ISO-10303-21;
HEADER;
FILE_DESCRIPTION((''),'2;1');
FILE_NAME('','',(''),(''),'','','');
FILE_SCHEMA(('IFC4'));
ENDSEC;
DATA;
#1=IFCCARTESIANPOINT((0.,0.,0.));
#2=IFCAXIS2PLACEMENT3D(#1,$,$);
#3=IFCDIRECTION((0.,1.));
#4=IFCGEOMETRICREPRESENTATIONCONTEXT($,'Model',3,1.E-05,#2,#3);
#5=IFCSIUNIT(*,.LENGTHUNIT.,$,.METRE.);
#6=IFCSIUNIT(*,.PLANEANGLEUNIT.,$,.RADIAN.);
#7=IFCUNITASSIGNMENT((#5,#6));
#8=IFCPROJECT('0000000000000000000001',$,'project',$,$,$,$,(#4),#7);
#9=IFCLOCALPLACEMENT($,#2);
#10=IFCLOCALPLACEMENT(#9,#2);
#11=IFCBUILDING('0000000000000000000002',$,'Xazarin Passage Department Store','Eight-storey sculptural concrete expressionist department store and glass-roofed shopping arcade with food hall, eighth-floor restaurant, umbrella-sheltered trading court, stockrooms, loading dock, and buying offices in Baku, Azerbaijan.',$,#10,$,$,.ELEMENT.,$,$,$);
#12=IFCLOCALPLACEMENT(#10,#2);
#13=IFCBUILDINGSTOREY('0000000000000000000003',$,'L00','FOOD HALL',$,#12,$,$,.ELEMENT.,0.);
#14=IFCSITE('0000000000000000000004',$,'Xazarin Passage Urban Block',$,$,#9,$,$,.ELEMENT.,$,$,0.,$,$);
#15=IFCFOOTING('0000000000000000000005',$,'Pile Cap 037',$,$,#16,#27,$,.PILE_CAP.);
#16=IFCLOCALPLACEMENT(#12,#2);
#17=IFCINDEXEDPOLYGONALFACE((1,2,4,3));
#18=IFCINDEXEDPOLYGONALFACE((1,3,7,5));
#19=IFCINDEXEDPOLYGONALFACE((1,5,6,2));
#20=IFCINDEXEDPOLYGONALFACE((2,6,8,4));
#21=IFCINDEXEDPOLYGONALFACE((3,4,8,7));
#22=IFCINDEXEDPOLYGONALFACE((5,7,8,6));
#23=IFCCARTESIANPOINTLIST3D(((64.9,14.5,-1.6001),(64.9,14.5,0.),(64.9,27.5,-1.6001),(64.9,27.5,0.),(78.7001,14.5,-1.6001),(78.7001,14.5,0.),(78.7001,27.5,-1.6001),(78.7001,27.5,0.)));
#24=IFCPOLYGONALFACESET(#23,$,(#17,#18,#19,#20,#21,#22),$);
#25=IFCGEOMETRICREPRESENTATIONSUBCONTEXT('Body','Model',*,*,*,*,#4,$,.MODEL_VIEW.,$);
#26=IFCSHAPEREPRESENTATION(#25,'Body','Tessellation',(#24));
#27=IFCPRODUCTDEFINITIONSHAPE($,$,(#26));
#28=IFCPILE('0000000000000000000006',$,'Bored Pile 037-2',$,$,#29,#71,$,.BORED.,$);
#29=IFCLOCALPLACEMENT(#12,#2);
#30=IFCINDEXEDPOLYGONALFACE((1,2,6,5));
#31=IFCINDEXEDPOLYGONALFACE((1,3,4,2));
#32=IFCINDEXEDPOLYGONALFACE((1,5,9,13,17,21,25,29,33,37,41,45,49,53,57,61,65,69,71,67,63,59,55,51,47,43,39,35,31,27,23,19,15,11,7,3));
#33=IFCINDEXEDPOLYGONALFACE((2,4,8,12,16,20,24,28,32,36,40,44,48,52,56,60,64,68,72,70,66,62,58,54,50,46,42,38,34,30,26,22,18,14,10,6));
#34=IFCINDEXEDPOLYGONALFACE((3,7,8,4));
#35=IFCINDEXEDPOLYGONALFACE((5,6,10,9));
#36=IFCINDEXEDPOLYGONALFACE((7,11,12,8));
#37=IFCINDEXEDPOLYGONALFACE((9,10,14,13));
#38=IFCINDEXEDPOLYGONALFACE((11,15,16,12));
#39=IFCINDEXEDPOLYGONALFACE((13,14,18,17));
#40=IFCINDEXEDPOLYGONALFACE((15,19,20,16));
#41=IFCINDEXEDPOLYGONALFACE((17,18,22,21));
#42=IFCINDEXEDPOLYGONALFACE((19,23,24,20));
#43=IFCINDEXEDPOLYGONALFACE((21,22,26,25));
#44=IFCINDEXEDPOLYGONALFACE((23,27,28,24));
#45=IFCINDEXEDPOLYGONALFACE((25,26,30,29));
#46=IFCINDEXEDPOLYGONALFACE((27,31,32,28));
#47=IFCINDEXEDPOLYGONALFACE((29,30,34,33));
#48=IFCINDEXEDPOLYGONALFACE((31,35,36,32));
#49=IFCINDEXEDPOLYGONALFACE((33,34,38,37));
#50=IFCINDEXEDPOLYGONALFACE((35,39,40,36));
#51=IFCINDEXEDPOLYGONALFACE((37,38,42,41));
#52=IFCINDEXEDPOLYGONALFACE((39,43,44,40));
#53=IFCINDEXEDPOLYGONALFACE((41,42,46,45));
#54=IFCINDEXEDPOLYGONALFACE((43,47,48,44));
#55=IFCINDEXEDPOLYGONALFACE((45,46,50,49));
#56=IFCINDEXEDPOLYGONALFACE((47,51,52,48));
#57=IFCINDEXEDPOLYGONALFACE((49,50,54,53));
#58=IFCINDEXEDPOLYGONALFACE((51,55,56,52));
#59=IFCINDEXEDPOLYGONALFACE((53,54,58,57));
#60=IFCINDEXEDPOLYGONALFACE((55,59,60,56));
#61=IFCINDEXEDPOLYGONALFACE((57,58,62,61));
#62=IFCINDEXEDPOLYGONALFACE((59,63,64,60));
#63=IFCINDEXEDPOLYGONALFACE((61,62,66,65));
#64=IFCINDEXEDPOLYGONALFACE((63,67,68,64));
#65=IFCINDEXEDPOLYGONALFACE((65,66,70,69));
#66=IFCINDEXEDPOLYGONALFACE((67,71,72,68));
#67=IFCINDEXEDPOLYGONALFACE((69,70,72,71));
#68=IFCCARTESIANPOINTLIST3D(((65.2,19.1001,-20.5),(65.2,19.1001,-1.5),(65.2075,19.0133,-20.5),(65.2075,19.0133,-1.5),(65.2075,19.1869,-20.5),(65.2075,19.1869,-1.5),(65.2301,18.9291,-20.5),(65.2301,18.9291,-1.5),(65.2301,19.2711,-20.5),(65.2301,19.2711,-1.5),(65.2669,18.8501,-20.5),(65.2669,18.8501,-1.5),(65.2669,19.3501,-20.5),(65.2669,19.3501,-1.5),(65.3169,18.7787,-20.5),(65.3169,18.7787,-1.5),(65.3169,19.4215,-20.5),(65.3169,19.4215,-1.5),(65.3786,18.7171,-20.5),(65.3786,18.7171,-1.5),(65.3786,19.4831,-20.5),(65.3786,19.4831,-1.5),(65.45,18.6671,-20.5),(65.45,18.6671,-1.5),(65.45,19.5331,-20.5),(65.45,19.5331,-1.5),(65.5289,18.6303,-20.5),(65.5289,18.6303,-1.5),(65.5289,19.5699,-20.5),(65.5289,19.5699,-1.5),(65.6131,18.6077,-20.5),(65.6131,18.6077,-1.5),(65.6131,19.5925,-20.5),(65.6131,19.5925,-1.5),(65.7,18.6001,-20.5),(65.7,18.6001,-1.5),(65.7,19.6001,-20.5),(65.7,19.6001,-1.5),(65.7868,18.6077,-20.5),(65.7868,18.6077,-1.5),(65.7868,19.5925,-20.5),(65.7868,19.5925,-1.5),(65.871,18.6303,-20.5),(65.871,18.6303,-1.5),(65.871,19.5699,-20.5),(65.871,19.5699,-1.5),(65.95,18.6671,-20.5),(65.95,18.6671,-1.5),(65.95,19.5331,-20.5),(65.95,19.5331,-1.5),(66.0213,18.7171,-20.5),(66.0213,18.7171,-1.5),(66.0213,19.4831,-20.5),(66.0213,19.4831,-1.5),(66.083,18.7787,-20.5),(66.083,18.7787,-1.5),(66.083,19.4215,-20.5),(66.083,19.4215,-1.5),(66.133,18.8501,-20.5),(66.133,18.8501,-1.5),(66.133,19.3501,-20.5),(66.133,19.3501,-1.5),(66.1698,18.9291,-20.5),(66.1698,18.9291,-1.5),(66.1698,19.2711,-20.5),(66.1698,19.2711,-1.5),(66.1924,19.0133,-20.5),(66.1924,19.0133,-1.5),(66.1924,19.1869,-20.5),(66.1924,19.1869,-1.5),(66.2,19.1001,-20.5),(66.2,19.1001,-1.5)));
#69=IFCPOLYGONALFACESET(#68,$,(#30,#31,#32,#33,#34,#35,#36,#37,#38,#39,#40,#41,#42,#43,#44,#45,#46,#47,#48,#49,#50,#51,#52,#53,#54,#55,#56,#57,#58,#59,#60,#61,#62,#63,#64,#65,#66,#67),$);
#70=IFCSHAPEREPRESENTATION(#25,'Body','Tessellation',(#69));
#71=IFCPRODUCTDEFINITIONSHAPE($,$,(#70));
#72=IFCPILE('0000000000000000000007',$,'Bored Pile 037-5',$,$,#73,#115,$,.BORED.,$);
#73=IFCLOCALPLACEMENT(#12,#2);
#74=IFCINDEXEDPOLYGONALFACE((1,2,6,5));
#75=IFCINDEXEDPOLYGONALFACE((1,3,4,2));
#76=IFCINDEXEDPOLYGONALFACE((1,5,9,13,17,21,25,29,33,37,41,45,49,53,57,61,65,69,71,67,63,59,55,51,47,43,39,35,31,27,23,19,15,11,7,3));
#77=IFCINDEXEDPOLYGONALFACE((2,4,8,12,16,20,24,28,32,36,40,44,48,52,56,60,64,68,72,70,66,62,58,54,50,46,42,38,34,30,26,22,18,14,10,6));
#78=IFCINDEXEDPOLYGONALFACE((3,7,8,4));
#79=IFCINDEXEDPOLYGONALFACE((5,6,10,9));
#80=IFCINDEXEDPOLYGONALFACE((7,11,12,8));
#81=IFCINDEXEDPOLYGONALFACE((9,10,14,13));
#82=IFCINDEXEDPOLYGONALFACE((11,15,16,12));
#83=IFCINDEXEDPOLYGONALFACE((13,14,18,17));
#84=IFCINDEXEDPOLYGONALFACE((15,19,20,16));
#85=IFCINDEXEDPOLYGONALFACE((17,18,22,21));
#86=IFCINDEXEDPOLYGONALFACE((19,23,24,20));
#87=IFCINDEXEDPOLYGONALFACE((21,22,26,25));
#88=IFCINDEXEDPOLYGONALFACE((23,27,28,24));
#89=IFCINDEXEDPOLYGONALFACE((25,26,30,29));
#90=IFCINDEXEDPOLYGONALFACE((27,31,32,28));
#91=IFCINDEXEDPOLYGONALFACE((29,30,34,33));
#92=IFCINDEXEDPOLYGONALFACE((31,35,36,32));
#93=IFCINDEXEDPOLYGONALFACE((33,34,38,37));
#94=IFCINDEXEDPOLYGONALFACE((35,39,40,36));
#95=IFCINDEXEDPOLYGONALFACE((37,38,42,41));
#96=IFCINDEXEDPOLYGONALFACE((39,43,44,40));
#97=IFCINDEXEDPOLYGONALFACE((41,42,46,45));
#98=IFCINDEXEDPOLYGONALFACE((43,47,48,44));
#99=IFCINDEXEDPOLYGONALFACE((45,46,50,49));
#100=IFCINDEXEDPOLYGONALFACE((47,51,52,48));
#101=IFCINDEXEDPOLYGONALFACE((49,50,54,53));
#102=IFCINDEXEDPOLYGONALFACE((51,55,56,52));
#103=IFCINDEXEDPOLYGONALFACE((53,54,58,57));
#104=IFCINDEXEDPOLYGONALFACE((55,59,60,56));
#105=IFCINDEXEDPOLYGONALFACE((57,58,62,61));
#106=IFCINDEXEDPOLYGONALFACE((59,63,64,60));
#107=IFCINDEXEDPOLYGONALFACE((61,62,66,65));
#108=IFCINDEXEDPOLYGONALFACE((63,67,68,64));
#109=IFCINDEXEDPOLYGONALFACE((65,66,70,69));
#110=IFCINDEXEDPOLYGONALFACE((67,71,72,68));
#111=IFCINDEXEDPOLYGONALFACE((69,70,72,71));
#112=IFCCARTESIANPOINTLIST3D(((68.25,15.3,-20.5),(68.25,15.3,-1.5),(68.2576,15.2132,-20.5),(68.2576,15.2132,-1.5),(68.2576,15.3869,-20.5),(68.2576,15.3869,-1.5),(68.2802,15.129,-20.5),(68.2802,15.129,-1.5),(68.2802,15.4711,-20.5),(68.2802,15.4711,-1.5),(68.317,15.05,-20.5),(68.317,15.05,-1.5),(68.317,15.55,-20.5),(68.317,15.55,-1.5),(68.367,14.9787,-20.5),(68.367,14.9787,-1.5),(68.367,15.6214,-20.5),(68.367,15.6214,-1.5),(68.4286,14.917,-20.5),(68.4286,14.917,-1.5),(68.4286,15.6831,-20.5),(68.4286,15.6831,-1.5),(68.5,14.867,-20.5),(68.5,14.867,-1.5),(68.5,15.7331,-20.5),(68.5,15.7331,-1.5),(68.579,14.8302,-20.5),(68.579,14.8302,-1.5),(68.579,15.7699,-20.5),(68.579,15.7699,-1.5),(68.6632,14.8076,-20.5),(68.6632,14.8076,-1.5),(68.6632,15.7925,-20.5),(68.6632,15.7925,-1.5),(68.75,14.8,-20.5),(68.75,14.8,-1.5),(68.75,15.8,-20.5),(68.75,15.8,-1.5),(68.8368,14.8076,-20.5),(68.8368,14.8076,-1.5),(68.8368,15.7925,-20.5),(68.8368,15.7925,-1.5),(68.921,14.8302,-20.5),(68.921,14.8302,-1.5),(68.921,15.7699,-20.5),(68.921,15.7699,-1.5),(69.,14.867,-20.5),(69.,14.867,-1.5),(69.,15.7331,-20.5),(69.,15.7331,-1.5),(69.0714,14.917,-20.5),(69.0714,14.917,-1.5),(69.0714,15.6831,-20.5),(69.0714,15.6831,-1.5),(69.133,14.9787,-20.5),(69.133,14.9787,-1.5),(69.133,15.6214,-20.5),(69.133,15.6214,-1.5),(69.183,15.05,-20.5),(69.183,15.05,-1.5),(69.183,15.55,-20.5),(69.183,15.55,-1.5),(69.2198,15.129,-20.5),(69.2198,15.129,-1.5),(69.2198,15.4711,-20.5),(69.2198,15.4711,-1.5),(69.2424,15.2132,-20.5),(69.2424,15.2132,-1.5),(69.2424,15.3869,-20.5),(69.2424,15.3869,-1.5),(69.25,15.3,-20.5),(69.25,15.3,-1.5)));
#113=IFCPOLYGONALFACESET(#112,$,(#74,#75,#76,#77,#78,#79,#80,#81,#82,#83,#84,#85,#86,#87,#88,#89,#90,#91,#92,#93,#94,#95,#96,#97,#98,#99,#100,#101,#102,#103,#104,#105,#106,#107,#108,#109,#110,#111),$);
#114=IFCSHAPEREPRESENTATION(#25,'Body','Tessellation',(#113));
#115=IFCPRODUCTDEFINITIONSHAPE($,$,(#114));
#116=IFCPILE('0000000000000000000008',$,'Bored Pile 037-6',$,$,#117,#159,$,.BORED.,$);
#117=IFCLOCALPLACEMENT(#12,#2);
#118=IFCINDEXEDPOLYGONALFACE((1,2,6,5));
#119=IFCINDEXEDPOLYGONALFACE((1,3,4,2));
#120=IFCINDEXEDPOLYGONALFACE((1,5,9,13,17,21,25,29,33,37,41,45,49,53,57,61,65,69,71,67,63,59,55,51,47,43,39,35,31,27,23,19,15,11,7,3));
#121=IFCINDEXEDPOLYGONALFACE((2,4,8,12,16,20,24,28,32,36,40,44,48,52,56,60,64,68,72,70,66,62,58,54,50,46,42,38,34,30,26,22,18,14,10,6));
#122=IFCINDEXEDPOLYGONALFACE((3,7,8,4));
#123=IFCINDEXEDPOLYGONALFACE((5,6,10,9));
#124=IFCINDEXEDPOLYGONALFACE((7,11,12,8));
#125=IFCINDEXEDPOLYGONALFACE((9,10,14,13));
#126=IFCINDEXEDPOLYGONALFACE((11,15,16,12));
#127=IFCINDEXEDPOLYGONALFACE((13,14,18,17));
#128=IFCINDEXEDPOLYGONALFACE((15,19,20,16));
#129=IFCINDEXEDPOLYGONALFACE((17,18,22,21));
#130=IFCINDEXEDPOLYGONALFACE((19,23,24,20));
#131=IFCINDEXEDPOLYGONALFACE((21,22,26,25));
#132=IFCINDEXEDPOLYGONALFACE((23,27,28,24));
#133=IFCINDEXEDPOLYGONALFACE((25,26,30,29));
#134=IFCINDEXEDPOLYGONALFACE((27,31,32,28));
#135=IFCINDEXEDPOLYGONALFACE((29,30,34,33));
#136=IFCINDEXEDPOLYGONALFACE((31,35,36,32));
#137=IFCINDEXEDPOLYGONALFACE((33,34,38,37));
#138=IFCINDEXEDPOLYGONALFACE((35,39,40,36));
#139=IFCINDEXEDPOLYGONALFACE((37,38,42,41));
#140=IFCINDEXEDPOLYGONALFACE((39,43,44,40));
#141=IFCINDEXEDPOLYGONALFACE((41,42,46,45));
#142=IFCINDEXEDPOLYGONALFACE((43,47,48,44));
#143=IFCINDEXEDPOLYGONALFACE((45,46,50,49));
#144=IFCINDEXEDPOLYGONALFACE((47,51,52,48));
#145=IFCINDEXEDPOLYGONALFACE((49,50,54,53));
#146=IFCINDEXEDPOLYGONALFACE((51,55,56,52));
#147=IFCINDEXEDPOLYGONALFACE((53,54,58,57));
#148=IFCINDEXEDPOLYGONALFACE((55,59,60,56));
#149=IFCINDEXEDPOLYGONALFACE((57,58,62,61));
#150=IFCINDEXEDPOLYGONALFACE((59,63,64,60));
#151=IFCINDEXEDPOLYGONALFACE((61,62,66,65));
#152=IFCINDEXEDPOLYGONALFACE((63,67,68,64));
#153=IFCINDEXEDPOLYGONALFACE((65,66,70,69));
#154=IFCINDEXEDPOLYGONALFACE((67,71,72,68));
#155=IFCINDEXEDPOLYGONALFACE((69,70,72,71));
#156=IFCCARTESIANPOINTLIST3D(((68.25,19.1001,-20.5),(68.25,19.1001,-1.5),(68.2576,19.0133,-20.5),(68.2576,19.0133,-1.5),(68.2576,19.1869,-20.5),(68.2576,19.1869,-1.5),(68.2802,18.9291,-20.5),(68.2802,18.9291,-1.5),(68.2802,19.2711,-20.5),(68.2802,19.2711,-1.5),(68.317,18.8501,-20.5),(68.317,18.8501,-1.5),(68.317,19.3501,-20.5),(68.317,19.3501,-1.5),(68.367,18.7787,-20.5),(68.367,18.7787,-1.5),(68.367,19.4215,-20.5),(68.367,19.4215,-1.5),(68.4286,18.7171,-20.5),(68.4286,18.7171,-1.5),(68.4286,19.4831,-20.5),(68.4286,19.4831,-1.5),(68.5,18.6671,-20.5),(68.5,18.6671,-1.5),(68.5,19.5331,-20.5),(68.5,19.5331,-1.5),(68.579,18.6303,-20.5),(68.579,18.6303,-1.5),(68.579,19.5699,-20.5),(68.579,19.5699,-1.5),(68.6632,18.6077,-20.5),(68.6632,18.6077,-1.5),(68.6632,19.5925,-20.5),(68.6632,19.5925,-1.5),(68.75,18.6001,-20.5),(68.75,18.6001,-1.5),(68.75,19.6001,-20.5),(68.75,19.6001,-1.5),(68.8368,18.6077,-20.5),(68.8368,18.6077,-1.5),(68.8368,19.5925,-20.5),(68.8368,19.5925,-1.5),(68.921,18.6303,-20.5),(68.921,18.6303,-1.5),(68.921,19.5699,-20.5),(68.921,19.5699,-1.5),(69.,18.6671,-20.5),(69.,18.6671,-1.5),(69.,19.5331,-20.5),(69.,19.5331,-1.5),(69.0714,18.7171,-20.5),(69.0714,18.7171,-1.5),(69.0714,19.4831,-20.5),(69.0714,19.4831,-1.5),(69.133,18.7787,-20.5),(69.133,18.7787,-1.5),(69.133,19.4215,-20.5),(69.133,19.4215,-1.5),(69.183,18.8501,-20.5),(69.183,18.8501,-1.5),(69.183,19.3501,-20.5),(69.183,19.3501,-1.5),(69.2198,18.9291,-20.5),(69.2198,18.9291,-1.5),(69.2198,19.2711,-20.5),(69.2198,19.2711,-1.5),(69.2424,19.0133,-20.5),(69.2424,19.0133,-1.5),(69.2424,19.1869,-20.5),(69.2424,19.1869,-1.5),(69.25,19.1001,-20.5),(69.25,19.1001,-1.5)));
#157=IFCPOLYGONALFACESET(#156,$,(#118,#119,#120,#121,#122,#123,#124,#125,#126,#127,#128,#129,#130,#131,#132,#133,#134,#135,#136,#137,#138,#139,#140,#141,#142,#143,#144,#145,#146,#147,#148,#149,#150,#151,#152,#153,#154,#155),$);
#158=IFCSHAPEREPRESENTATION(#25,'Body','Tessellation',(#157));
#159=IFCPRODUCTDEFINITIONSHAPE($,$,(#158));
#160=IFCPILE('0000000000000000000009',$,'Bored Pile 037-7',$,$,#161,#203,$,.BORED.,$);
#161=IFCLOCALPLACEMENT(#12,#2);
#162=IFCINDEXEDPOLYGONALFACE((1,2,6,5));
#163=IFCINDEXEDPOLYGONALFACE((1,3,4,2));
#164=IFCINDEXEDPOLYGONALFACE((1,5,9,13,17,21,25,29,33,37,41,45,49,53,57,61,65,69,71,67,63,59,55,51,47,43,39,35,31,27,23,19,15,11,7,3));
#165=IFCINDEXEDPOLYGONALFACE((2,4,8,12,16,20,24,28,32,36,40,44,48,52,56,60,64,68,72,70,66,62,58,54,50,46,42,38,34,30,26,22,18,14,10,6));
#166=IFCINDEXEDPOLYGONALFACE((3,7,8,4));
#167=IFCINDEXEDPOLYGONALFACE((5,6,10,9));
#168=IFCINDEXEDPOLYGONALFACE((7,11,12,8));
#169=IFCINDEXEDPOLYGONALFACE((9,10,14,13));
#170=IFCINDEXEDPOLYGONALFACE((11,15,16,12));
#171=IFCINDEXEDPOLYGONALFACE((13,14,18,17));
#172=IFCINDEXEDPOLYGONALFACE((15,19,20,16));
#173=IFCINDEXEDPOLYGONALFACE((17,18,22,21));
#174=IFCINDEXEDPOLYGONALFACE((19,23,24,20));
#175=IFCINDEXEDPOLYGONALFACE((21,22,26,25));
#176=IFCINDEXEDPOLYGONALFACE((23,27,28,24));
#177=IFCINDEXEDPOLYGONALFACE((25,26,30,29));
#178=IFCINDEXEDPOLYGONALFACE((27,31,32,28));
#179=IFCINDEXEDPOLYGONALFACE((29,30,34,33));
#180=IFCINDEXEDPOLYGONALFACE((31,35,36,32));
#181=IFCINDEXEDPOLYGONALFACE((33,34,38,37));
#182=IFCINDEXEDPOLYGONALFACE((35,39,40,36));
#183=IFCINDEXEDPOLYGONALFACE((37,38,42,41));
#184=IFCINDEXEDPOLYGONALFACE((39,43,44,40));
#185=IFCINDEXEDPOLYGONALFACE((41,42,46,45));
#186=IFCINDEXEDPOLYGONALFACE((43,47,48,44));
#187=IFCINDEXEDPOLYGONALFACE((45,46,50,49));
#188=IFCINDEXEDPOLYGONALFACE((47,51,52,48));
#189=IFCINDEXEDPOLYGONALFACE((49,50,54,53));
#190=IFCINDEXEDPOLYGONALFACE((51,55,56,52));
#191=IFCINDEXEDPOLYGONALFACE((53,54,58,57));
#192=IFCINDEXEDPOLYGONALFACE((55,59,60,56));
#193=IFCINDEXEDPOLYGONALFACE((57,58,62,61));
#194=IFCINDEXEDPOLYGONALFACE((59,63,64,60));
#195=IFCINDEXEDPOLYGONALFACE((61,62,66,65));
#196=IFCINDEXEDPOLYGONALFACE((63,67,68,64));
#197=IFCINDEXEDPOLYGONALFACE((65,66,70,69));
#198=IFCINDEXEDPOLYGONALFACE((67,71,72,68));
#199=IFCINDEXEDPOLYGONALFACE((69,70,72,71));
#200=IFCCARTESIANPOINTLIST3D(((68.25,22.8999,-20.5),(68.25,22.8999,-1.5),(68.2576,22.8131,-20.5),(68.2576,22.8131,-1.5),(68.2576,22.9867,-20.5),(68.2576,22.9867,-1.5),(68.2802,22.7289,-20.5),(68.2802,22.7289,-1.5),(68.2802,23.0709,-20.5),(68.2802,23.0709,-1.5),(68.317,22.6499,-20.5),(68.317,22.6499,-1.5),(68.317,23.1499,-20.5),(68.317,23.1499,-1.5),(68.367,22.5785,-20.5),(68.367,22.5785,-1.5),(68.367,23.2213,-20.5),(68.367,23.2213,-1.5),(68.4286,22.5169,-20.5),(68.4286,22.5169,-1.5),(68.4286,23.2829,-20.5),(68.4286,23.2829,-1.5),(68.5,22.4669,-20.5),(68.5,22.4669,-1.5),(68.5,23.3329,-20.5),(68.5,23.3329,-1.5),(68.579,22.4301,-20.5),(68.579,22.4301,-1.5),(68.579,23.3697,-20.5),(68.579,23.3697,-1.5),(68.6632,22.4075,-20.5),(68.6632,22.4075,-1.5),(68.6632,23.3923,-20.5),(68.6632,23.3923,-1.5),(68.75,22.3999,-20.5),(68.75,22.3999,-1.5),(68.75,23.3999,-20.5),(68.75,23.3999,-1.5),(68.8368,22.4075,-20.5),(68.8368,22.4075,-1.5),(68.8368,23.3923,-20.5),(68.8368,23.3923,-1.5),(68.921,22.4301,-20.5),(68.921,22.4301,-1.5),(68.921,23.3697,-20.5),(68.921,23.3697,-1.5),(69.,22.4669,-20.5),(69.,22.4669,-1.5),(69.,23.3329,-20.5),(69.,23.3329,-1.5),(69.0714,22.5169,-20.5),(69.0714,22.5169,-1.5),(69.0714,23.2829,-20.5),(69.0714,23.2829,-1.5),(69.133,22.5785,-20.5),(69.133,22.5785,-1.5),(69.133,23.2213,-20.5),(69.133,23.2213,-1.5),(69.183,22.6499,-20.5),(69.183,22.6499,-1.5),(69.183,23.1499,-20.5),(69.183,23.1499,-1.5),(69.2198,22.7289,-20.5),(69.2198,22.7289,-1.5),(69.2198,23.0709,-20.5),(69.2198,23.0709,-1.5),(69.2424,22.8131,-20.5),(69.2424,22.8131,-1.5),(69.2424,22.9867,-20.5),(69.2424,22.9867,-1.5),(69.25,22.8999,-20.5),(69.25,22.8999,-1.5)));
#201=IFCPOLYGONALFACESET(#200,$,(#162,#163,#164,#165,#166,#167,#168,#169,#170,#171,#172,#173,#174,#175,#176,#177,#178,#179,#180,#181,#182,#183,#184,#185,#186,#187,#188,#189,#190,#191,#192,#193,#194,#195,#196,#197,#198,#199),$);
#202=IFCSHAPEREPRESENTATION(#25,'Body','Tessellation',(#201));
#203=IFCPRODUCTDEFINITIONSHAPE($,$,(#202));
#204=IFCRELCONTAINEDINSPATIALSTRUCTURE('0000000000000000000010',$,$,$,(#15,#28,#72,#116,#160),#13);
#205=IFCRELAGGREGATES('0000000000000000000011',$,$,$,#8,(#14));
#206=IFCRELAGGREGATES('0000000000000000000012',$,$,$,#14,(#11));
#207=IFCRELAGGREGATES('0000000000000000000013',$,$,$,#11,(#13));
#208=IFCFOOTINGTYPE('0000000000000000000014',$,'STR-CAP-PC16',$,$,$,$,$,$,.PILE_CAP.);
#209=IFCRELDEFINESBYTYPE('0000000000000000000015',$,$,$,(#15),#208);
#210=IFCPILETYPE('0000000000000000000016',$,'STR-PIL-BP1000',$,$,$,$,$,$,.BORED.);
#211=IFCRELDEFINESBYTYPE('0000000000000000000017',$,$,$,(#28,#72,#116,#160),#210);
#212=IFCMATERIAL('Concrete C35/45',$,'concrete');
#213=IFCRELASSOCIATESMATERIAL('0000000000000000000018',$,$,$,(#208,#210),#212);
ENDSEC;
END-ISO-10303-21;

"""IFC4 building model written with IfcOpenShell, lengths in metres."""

from ifc_helpers import new_model, si_unit, direction, frame, origin, origin_2d, place, context, subcontext, project, spatial, rectangle, circle, extrude, material, material_profile, profile_set, type_object, element, save


model = new_model("IFC4")

# Units and contexts
model_context = context("Model", 3, precision=1e-05, world=origin(), true_north=direction((0.0, 1.0)))
body_context = subcontext(model_context, "Body", "Model", "MODEL_VIEW")
ifc_project = project(units=[si_unit("LENGTHUNIT", "METRE"), si_unit("PLANEANGLEUNIT", "RADIAN")], contexts=[model_context])

# Site, building, storey
site_placement = place(None, origin())
site = spatial("IfcSite", under=ifc_project, at=site_placement, Name="Xazarin Passage Urban Block", CompositionType="ELEMENT", RefElevation=0.0)
building_placement = place(site_placement, origin())
building = spatial("IfcBuilding", under=site, at=building_placement, Name="Xazarin Passage Department Store", Description="Eight-storey sculptural concrete expressionist department store and glass-roofed shopping arcade with food hall, eighth-floor restaurant, umbrella-sheltered trading court, stockrooms, loading dock, and buying offices in Baku, Azerbaijan.", CompositionType="ELEMENT")
storey_placement = place(building_placement, origin())
storey = spatial("IfcBuildingStorey", under=building, at=storey_placement, Name="L00", Description="FOOD HALL", CompositionType="ELEMENT", Elevation=0.0)

# Footing
ifc_material_1 = material(Name="Concrete C35/45", Category="concrete")
footing_type = type_object("IfcFootingType", Name="STR-CAP-PC16", PredefinedType="PILE_CAP", material=ifc_material_1)
footing_placement = place(storey_placement, frame((71.8, 21.0, -1.6001), z_axis=(0.0, 0.0, 1.0), x_axis=(1.0, 0.0, 0.0)))
element("IfcFooting", 1, at=footing_placement, inside=storey, type_object=footing_type, Name="Pile Cap 037", PredefinedType="PILE_CAP", context=body_context, shape_type="SweptSolid", body=[
    extrude(rectangle(XDim=13.8, YDim=13.0, at=origin_2d()), origin(), (0.0, 0.0, 1.0), 1.6001),
])

# Piles
ifc_material_profile_1 = material_profile(ifc_material_1, circle(Radius=0.5, at=origin_2d()), Name="BP 1000")
ifc_profile_set_1 = profile_set([ifc_material_profile_1], Name="Concrete C35/45")
pile_type_1 = type_object("IfcPileType", Name="STR-PIL-BP1000", PredefinedType="BORED", material=ifc_profile_set_1)
for number, where, z_axis, x_axis, name in (
    (2, (65.7, 19.1001, -1.5), (0.0, 0.0, -1.0), (1.0, 0.0, 0.0), "Bored Pile 037-2"),
    (3, (68.75, 15.3, -1.5), (0.0, 0.0, -1.0), (1.0, 0.0, 0.0), "Bored Pile 037-5"),
    (4, (68.75, 19.1001, -1.5), (0.0, 0.0, -1.0), (1.0, 0.0, 0.0), "Bored Pile 037-6"),
    (5, (68.75, 22.8999, -1.5), (0.0, 0.0, -1.0), (1.0, 0.0, 0.0), "Bored Pile 037-7"),
):
    element("IfcPile", number, at=place(storey_placement, frame(where, z_axis=z_axis, x_axis=x_axis)), inside=storey, type_object=pile_type_1, Name=name, PredefinedType="BORED", context=body_context, shape_type="SweptSolid", body=[
        extrude(circle(Radius=0.5, at=origin_2d()), origin(), (0.0, 0.0, 1.0), 19.0),
    ])

save(model, "model.ifc")
